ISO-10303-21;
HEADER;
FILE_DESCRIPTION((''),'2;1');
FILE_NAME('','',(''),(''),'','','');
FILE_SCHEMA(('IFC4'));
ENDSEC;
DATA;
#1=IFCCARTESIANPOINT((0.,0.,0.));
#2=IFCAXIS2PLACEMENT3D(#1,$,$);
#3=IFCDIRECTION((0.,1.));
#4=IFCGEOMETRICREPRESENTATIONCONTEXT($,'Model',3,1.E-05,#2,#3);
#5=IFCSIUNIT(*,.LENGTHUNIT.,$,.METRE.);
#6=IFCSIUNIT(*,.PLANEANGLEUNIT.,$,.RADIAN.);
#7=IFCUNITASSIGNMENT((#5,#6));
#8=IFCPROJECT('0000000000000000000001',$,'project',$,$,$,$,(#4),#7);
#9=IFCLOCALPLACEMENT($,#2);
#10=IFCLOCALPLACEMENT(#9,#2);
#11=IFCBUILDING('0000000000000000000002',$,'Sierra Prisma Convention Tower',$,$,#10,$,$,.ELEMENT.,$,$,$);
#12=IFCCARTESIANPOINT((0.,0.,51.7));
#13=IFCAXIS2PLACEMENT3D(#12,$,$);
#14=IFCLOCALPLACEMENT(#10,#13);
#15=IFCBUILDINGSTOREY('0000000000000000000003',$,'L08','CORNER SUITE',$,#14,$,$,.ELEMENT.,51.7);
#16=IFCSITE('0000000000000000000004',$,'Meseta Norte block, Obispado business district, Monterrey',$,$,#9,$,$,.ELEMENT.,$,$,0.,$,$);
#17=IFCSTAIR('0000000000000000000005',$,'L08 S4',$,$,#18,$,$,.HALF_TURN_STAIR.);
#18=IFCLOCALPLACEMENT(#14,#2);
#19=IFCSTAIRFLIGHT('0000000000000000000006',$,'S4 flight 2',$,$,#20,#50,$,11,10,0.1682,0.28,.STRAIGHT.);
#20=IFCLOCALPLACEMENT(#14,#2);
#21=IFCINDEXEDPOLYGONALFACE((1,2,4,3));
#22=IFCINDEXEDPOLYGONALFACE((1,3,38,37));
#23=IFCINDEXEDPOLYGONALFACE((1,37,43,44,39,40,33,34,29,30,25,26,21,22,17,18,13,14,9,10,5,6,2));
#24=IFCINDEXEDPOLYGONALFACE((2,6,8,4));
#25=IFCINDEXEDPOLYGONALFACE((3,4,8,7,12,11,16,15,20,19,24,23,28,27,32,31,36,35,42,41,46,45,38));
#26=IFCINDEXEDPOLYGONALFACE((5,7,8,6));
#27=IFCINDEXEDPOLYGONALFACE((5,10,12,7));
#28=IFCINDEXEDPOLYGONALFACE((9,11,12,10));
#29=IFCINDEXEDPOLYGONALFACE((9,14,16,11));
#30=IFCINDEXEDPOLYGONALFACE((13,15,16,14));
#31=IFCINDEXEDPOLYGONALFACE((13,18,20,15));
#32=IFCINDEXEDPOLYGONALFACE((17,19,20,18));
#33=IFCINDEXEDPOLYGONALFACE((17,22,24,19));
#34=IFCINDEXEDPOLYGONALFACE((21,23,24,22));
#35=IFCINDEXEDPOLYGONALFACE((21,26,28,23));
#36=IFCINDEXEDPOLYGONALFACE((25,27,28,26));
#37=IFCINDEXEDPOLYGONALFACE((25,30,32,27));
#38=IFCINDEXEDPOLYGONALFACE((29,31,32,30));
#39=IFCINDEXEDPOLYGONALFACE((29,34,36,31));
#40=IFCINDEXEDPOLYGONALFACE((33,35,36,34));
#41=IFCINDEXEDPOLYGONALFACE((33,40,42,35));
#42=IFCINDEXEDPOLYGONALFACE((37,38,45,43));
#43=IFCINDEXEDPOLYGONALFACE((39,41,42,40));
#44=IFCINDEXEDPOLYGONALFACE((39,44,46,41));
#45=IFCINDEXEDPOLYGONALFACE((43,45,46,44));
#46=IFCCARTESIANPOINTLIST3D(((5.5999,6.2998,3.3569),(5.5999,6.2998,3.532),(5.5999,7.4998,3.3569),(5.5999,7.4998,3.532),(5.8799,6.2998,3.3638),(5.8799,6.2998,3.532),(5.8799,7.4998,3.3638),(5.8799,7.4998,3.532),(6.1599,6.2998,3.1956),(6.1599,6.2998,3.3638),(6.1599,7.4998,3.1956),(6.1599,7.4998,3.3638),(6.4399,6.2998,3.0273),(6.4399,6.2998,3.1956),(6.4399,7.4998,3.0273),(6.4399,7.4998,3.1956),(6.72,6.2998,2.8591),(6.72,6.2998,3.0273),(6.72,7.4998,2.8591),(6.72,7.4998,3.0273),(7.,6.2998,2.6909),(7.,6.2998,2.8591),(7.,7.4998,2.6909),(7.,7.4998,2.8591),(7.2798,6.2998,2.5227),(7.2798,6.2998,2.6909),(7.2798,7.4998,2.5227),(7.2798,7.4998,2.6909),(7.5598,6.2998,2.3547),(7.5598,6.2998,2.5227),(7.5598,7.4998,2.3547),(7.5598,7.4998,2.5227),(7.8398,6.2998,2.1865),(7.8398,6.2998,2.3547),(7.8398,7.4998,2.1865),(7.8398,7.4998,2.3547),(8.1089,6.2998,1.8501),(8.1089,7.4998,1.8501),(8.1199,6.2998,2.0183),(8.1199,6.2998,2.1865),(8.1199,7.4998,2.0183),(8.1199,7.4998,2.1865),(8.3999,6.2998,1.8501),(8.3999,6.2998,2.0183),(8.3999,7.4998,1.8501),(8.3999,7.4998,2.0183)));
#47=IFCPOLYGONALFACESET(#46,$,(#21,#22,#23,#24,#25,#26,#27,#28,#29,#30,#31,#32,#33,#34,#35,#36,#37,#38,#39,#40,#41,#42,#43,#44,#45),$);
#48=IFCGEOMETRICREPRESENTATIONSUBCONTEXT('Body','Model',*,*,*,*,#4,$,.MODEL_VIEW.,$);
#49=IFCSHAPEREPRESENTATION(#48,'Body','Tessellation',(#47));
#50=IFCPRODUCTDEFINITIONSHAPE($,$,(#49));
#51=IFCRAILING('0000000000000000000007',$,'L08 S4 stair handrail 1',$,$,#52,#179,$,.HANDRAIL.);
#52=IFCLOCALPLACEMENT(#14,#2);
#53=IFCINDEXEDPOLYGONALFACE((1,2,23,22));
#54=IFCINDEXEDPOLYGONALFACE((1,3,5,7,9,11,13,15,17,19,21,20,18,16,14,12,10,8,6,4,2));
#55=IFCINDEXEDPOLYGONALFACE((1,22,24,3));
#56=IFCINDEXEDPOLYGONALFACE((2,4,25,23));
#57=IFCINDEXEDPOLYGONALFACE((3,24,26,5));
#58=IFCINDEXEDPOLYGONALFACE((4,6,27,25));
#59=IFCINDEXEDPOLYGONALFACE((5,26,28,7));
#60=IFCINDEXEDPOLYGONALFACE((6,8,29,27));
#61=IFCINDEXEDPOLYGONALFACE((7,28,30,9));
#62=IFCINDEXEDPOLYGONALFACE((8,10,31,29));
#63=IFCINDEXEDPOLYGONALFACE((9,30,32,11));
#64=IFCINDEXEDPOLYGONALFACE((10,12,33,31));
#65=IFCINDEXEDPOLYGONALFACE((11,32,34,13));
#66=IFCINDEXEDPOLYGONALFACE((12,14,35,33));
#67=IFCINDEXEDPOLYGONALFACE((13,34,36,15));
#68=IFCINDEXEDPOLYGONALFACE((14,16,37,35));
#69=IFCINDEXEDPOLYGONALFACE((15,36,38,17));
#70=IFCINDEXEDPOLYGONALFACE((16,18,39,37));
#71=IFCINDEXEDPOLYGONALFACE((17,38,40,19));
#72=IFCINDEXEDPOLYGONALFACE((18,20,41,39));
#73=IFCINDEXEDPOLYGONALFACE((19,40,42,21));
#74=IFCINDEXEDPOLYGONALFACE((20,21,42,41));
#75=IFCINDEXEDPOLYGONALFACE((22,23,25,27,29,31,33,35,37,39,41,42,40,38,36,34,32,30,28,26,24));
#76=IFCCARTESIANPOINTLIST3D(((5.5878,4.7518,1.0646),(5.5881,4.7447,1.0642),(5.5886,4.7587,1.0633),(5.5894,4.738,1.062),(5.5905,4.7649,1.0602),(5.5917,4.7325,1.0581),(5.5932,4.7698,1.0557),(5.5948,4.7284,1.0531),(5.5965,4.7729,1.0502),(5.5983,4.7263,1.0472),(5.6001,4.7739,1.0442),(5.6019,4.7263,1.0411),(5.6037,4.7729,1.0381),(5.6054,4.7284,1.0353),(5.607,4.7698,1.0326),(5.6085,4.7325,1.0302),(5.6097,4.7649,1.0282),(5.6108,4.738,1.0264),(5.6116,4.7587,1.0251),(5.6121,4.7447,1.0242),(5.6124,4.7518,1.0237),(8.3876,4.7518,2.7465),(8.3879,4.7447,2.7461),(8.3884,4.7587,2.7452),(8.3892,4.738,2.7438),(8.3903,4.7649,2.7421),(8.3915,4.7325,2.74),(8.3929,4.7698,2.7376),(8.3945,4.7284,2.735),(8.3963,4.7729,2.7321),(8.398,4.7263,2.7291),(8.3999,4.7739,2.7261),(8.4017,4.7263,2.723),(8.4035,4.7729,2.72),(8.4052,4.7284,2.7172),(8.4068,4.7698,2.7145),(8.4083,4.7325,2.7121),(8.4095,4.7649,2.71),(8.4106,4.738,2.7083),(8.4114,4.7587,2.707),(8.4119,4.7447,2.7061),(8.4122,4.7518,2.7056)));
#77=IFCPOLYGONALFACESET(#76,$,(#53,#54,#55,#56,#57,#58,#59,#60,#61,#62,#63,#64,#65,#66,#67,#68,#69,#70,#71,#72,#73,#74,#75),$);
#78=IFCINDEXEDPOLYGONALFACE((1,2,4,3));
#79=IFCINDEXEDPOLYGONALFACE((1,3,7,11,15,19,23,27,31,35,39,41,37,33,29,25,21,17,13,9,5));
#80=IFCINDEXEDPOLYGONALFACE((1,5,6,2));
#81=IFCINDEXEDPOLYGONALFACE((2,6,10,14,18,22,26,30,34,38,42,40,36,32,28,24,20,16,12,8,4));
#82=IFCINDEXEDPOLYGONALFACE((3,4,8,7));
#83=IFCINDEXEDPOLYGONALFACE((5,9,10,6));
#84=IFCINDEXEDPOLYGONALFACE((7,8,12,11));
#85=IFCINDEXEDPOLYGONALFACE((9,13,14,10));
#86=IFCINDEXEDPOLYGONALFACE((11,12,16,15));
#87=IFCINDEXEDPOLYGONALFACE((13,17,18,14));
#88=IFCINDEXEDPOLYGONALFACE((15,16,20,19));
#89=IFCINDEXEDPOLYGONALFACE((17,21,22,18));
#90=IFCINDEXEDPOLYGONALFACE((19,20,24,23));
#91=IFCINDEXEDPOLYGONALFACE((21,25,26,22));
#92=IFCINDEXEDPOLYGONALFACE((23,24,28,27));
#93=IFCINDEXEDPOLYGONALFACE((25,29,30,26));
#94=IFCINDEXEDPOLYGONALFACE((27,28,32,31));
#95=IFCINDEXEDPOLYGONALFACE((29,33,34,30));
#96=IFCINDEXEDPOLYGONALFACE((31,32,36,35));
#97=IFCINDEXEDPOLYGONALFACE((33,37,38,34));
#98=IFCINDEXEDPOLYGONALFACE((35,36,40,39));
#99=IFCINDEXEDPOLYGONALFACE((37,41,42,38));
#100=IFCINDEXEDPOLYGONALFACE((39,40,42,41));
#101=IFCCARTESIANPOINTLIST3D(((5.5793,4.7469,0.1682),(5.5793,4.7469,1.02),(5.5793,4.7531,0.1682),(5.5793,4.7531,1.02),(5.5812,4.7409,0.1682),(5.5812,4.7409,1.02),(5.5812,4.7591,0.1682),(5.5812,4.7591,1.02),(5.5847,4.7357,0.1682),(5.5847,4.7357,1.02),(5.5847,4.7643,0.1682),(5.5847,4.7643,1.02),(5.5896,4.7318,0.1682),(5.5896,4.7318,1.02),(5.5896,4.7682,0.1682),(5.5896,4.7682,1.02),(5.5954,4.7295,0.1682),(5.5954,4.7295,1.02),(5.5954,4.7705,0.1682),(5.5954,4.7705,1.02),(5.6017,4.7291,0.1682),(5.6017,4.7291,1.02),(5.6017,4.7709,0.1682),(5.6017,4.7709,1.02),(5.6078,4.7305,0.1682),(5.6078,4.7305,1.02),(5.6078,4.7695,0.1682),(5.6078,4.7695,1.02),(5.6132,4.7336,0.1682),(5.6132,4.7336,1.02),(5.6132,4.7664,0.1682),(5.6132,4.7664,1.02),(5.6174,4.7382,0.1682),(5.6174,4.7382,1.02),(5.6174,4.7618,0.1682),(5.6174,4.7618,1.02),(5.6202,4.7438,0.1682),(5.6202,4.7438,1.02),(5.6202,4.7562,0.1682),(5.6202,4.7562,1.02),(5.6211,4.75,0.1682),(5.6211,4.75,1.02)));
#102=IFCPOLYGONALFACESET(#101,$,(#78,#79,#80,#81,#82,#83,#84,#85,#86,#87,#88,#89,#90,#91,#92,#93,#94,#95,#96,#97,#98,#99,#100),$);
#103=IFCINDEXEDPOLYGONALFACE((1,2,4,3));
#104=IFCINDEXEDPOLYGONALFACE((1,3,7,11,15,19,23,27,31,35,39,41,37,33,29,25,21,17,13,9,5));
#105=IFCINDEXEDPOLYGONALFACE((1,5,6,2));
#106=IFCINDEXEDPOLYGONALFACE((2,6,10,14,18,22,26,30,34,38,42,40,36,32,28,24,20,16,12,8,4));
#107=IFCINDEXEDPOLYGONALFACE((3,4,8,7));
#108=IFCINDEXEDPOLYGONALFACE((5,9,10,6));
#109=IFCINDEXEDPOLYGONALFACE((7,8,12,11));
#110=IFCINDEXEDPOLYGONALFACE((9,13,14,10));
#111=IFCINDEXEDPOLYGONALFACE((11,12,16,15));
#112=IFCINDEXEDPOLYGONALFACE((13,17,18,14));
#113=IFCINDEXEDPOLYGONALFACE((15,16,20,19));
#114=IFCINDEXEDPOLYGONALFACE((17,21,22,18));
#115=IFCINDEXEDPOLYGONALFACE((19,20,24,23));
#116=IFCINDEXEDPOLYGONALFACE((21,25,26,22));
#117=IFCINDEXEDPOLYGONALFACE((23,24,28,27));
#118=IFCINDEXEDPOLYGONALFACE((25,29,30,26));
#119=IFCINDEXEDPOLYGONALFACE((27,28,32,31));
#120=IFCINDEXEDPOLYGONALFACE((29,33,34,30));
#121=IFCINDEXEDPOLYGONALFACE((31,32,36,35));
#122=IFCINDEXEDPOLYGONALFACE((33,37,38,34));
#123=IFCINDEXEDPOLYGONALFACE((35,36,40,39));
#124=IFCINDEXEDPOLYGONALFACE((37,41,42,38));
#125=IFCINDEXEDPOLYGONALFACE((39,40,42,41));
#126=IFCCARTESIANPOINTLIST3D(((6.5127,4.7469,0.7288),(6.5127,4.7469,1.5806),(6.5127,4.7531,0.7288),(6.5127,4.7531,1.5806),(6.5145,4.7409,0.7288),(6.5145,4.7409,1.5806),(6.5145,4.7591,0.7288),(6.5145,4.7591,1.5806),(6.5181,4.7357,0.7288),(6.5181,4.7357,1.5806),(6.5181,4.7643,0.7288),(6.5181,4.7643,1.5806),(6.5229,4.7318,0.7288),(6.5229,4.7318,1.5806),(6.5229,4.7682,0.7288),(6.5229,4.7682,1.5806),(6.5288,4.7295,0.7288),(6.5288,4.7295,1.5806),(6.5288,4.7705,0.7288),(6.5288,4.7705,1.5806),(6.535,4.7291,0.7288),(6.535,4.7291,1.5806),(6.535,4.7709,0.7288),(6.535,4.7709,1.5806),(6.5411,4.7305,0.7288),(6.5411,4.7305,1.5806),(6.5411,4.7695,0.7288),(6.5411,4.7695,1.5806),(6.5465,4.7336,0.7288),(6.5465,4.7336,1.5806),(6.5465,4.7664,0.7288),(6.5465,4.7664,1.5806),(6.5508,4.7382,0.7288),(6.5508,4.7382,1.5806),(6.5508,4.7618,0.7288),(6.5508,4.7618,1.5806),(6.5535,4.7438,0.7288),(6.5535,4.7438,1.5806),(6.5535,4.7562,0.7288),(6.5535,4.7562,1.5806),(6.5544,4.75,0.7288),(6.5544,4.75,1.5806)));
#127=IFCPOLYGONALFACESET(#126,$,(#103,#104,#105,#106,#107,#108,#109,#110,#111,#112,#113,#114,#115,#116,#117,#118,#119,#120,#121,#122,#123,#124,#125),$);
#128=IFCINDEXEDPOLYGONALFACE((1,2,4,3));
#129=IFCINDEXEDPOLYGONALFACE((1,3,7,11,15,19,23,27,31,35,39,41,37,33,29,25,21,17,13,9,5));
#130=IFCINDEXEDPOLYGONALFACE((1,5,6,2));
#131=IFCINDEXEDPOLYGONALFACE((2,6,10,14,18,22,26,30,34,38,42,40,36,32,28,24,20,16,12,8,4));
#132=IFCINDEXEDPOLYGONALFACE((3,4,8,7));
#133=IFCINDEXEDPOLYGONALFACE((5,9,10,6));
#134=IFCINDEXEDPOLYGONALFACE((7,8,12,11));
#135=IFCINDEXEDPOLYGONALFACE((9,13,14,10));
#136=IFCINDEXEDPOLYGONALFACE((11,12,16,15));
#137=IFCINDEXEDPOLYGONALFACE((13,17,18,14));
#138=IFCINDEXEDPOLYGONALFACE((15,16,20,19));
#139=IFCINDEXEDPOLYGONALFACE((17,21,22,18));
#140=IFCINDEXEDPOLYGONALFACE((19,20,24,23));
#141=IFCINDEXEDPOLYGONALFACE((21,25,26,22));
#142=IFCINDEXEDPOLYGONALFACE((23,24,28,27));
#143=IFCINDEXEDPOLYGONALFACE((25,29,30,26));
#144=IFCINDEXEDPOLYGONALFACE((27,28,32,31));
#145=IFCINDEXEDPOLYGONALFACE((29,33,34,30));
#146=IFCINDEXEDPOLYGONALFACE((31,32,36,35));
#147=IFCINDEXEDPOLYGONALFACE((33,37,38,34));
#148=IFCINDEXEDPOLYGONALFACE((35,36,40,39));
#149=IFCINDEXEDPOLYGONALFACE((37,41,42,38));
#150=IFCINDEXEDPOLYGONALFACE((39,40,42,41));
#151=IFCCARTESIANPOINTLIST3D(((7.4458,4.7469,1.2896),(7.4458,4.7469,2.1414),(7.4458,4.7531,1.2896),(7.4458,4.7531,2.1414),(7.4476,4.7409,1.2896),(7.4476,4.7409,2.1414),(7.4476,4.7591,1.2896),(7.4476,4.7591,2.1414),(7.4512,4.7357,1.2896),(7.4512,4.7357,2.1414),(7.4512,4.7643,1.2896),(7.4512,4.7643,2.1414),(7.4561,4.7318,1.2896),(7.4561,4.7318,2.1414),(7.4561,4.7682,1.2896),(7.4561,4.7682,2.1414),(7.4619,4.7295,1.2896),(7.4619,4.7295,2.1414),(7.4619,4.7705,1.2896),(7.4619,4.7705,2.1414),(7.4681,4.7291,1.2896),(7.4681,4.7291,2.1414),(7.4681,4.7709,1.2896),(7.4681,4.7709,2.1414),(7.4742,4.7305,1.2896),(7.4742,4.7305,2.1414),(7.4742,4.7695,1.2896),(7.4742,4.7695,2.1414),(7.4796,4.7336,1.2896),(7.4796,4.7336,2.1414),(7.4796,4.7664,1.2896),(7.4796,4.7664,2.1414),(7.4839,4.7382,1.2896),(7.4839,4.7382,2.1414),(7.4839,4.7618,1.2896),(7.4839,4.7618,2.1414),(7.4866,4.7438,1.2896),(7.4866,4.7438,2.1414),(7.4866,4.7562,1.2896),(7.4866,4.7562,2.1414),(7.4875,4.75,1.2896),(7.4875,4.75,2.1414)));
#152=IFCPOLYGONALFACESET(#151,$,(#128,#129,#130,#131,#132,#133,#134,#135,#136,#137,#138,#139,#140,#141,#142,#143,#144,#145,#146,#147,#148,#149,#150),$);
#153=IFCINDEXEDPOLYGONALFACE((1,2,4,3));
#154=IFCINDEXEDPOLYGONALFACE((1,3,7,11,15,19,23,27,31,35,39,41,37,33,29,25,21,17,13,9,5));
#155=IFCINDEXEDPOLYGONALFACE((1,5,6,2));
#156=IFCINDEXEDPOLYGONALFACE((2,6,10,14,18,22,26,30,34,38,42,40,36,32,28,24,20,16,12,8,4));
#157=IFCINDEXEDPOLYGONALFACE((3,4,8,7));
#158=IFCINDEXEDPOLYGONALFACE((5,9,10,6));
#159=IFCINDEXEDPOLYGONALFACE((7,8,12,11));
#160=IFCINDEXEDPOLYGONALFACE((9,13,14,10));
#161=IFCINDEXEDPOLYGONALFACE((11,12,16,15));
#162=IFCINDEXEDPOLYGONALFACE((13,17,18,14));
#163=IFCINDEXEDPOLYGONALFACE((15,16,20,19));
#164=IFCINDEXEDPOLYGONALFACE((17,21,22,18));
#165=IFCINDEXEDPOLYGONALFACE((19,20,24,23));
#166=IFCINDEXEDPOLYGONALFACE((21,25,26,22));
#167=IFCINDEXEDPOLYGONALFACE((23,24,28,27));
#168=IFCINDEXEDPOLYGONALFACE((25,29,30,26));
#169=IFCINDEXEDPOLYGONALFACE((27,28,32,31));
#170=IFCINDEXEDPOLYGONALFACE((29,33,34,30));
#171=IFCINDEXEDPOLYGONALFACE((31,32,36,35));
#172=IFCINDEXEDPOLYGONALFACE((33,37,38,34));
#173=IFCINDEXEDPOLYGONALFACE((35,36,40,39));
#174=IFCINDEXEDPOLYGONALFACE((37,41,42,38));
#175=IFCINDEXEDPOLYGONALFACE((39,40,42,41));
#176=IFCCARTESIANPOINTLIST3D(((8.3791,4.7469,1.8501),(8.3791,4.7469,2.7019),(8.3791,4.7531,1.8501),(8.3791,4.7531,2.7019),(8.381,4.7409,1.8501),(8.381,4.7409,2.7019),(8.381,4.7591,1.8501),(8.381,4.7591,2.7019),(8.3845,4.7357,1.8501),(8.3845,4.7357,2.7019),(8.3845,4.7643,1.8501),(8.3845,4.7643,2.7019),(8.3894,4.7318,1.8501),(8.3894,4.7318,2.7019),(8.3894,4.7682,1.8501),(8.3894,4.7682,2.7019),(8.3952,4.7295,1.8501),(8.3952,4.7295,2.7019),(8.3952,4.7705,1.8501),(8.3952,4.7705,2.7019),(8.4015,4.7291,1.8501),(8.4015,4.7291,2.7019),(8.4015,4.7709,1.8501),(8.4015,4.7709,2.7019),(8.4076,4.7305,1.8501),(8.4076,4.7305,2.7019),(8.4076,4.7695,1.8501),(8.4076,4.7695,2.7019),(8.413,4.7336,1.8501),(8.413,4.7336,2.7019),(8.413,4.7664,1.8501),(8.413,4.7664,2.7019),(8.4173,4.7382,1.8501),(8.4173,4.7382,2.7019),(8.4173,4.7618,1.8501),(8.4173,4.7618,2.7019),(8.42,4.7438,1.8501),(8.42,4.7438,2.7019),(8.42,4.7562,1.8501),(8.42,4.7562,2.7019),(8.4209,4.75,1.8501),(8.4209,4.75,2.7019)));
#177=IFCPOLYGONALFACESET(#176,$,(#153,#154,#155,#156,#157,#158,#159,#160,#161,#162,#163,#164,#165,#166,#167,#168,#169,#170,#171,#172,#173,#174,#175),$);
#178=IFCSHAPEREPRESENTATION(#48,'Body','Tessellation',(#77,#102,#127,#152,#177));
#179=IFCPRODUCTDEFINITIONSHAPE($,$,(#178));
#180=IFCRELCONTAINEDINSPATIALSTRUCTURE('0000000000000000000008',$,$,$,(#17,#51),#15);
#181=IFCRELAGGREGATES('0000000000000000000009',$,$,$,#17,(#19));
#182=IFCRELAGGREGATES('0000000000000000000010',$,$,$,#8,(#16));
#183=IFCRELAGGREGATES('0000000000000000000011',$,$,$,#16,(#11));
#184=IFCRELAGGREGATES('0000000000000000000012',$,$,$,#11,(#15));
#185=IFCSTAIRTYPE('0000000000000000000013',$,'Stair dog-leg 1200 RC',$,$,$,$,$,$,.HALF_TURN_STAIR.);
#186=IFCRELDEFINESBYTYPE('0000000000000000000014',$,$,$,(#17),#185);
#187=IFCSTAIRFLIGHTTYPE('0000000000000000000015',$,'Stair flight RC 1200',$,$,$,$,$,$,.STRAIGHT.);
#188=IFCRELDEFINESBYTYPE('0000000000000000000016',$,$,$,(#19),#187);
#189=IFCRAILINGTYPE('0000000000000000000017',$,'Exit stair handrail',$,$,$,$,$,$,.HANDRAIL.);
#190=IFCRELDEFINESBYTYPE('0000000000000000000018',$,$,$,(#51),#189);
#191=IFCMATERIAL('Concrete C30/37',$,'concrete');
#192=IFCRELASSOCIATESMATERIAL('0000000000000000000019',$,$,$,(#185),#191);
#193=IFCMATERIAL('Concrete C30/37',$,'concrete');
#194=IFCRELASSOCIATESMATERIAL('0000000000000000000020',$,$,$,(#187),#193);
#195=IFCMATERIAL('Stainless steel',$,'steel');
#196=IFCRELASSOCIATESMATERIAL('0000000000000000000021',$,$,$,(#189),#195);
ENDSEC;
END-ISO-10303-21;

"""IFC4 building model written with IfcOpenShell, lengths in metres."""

from ifc_helpers import new_model, si_unit, direction, frame, origin, origin_2d, place, context, subcontext, project, spatial, polyline, circle, outline, extrude, material, type_object, element, aggregate, save


model = new_model("IFC4")

# Units and contexts
model_context = context("Model", 3, precision=1e-05, world=origin(), true_north=direction((0.0, 1.0)))
body_context = subcontext(model_context, "Body", "Model", "MODEL_VIEW")
ifc_project = project(units=[si_unit("LENGTHUNIT", "METRE"), si_unit("PLANEANGLEUNIT", "RADIAN")], contexts=[model_context])

# Site, building, storey
site_placement = place(None, origin())
site = spatial("IfcSite", under=ifc_project, at=site_placement, Name="Meseta Norte block, Obispado business district, Monterrey", CompositionType="ELEMENT", RefElevation=0.0)
building_placement = place(site_placement, origin())
building = spatial("IfcBuilding", under=site, at=building_placement, Name="Sierra Prisma Convention Tower", CompositionType="ELEMENT")
storey_placement = place(building_placement, frame((0.0, 0.0, 51.7)))
storey = spatial("IfcBuildingStorey", under=building, at=storey_placement, Name="L08", Description="CORNER SUITE", CompositionType="ELEMENT", Elevation=51.7)

# Stair, stair flight
ifc_material_1 = material(Name="Concrete C30/37", Category="concrete")
stair_type = type_object("IfcStairType", Name="Stair dog-leg 1200 RC", PredefinedType="HALF_TURN_STAIR", material=ifc_material_1)
stair_placement = place(storey_placement, origin())
stair = element("IfcStair", 1, at=stair_placement, inside=storey, type_object=stair_type, Name="L08 S4", PredefinedType="HALF_TURN_STAIR")
ifc_material_2 = material(Name="Concrete C30/37", Category="concrete")
stair_flight_type = type_object("IfcStairFlightType", Name="Stair flight RC 1200", PredefinedType="STRAIGHT", material=ifc_material_2)
stair_flight_1_placement = place(storey_placement, frame((8.3999, 6.8999, 1.8501), z_axis=(0.0, 0.0, 1.0), x_axis=(-1.0, 0.0, 0.0)))
stair_flight_1 = element("IfcStairFlight", 2, at=stair_flight_1_placement, type_object=stair_flight_type, Name="S4 flight 2", NumberOfRisers=11, NumberOfTreads=10, PredefinedType="STRAIGHT", RiserHeight=0.1682, TreadLength=0.28, context=body_context, shape_type="SweptSolid", body=[
    extrude(outline(polyline([(0.0, 0.0), (0.0, 0.1682), (0.28, 0.1682), (0.28, 0.3364), (0.5601, 0.3364), (0.5601, 0.5046), (0.8401, 0.5046), (0.8401, 0.6726), (1.1201, 0.6726), (1.1201, 0.8408), (1.3999, 0.8408), (1.3999, 1.009), (1.6799, 1.009), (1.6799, 1.1772), (1.96, 1.1772), (1.96, 1.3455), (2.24, 1.3455), (2.24, 1.5137), (2.52, 1.5137), (2.52, 1.6819), (2.8, 1.6819), (2.8, 1.8501), (2.8, 1.5068), (0.291, 0.0), (0.0, 0.0)])), frame((0.0, 0.6001, 0.0), z_axis=(0.0, -1.0, 0.0), x_axis=(1.0, 0.0, 0.0)), (0.0, 0.0, 1.0), 1.2),
])
aggregate(stair, [stair_flight_1])

# Railing
ifc_material_3 = material(Name="Stainless steel", Category="steel")
railing_type_1 = type_object("IfcRailingType", Name="Exit stair handrail", PredefinedType="HANDRAIL", material=ifc_material_3)
railing_1_placement = place(storey_placement, frame((5.6001, 4.75, 0.1682)))
element("IfcRailing", 3, at=railing_1_placement, inside=storey, type_object=railing_type_1, Name="L08 S4 stair handrail 1", PredefinedType="HANDRAIL", context=body_context, shape_type="SweptSolid", body=[
    extrude(circle(Radius=0.0239, at=origin_2d()), frame((0.0, 0.0, 0.876), z_axis=(0.857222, 0.0, 0.514946), x_axis=(0.0, 1.0, 0.0)), (0.0, 0.0, 1.0), 3.2661),
    extrude(circle(Radius=0.021, at=origin_2d()), origin(), (0.0, 0.0, 1.0), 0.8518),
    extrude(circle(Radius=0.021, at=origin_2d()), frame((0.9333, 0.0, 0.5605)), (0.0, 0.0, 1.0), 0.8518),
    extrude(circle(Radius=0.021, at=origin_2d()), frame((1.8665, 0.0, 1.1213)), (0.0, 0.0, 1.0), 0.8518),
    extrude(circle(Radius=0.021, at=origin_2d()), frame((2.7998, 0.0, 1.6819)), (0.0, 0.0, 1.0), 0.8518),
])

save(model, "model.ifc")
